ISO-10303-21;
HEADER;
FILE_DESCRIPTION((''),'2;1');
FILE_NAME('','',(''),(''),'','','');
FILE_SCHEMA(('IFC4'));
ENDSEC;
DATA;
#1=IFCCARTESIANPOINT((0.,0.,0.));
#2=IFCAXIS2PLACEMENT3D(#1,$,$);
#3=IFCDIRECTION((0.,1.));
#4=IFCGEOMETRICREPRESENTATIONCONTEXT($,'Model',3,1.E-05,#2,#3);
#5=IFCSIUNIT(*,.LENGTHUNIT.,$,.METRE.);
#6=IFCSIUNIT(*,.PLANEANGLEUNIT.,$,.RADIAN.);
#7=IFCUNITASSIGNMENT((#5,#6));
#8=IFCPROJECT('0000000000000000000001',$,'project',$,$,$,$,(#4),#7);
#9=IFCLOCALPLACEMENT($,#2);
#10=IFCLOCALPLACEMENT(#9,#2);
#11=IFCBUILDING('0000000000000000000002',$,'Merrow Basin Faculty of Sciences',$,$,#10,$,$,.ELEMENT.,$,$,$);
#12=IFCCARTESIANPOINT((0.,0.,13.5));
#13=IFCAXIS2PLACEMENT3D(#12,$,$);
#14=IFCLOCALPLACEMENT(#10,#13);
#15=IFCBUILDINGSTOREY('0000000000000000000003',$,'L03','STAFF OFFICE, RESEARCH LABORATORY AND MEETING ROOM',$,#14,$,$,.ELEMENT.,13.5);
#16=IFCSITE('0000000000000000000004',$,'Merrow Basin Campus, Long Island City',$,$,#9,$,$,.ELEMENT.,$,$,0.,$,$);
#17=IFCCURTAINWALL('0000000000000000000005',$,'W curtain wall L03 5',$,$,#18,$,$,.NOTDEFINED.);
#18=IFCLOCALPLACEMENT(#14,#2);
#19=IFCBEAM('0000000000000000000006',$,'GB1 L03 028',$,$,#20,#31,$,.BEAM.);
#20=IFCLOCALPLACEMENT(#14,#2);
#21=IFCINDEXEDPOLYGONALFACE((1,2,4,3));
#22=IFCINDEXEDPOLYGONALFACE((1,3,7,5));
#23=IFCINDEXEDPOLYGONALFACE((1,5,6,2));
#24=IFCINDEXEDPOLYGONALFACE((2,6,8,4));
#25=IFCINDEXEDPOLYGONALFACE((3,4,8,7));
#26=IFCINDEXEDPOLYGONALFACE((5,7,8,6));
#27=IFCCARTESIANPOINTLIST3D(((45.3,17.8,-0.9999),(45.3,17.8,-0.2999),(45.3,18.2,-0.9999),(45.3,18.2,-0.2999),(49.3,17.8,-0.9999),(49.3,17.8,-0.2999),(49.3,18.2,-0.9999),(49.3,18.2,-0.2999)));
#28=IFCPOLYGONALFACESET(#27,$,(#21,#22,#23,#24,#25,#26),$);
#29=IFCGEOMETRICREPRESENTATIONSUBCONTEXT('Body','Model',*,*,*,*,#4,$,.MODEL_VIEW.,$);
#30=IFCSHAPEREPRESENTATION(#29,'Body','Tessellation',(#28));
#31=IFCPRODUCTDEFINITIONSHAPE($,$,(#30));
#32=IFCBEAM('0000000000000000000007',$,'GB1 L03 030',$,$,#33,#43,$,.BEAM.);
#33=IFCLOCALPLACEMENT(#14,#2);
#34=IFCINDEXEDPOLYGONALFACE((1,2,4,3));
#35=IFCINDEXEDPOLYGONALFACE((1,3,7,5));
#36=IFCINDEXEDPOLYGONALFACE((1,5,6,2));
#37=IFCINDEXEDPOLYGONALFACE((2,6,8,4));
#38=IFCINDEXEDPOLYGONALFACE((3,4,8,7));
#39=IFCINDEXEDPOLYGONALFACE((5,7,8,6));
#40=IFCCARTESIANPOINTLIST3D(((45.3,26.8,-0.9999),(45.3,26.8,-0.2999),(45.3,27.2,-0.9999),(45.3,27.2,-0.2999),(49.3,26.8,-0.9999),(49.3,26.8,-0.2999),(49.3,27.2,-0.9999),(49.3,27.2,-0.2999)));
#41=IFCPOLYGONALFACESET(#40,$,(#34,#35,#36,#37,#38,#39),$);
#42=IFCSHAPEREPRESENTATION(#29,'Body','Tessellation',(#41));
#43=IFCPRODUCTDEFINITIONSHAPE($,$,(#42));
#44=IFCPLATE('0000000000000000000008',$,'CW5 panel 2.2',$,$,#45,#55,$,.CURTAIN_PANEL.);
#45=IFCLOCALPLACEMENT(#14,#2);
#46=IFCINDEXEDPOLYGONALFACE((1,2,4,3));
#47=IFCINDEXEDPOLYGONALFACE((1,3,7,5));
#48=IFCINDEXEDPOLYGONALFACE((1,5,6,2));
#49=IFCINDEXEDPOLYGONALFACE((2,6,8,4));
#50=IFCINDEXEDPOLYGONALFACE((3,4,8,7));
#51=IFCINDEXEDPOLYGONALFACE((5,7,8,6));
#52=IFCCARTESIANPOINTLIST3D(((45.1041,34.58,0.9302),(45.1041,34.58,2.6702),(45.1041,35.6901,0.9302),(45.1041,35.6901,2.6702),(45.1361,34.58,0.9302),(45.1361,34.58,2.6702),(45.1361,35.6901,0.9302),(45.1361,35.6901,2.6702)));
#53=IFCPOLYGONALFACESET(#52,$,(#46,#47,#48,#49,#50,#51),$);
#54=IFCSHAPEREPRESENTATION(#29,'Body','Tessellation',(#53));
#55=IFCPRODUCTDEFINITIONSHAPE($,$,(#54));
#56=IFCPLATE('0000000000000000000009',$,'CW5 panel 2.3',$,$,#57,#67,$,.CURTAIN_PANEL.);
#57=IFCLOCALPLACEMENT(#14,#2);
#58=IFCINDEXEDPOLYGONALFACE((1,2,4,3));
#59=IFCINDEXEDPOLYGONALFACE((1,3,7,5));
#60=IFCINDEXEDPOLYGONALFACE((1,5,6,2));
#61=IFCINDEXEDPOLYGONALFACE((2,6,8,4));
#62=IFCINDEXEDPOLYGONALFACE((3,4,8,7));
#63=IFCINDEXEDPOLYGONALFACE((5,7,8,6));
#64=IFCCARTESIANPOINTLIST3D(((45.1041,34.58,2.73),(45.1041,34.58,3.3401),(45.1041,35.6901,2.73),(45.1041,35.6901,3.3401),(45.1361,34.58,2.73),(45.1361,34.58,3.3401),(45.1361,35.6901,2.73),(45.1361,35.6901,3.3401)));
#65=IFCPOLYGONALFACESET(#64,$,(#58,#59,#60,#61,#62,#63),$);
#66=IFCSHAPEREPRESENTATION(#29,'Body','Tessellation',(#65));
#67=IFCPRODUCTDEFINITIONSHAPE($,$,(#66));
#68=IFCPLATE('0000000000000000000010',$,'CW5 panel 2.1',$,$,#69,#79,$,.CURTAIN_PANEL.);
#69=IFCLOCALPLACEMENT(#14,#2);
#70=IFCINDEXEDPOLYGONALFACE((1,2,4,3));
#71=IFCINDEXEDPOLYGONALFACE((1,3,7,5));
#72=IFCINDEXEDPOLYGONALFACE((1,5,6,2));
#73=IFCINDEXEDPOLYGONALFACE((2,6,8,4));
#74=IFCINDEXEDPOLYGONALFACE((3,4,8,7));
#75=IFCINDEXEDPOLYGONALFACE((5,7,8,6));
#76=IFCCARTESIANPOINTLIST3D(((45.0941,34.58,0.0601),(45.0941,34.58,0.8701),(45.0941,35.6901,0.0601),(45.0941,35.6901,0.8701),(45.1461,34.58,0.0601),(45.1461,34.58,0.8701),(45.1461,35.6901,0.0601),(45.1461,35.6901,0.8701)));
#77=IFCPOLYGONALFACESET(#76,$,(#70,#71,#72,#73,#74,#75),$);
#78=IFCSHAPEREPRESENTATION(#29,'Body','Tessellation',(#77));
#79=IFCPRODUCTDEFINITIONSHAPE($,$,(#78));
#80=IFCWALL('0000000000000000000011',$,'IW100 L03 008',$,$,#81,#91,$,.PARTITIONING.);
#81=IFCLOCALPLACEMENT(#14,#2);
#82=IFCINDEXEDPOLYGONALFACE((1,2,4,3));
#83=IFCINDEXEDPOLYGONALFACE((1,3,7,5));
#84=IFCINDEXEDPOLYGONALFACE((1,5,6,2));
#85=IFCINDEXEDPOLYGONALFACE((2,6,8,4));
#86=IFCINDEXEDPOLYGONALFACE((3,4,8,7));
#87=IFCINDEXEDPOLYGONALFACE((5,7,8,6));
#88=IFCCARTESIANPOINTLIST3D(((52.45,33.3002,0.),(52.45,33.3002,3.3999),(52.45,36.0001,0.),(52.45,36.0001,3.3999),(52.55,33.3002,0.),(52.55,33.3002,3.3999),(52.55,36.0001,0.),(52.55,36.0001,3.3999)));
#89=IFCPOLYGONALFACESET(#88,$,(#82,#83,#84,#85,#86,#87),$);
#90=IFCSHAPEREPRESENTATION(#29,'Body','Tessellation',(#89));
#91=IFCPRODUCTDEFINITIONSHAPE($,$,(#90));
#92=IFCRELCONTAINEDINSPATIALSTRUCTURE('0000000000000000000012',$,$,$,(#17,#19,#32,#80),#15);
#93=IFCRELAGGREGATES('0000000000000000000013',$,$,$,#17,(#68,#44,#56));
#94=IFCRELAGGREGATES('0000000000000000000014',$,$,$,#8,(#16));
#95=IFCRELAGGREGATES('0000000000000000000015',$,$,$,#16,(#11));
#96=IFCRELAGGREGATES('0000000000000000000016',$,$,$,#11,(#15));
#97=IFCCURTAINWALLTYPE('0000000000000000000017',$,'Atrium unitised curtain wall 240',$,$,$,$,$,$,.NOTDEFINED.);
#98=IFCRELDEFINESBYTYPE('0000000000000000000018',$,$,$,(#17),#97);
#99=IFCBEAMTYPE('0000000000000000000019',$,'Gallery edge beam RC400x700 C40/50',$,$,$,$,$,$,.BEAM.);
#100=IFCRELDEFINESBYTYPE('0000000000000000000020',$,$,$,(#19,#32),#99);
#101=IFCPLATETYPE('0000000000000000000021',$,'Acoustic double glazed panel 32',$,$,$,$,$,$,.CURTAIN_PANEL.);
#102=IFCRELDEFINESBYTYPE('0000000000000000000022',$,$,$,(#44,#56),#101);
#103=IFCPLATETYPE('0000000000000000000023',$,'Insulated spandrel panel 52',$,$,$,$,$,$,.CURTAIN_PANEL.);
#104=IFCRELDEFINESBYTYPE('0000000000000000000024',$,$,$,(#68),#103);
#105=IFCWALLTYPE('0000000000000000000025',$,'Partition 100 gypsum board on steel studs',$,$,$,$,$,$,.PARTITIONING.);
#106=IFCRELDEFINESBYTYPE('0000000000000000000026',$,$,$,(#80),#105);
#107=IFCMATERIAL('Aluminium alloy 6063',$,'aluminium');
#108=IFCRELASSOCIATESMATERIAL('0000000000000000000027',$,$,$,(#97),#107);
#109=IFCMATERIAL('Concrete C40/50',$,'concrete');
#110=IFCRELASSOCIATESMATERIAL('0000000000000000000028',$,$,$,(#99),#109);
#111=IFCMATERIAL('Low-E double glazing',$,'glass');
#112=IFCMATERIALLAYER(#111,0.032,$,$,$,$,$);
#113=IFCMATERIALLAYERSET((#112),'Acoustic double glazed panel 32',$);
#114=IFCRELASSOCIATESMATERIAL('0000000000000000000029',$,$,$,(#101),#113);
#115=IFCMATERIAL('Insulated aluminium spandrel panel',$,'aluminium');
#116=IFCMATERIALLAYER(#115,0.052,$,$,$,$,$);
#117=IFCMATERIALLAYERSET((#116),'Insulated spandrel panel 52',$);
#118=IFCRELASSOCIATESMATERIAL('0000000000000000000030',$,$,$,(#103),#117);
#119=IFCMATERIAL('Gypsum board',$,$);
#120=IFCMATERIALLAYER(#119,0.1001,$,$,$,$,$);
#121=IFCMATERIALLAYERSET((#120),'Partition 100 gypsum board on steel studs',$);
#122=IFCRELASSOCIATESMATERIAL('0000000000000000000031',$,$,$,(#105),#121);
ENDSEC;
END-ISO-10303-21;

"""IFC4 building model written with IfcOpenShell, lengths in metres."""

from ifc_helpers import new_model, si_unit, direction, frame, frame_2d, origin, origin_2d, place, context, subcontext, project, spatial, rectangle, extrude, material, layer, layer_set, material_profile, profile_set, type_object, element, aggregate, save


model = new_model("IFC4")

# Units and contexts
model_context = context("Model", 3, precision=1e-05, world=origin(), true_north=direction((0.0, 1.0)))
body_context = subcontext(model_context, "Body", "Model", "MODEL_VIEW")
ifc_project = project(units=[si_unit("LENGTHUNIT", "METRE"), si_unit("PLANEANGLEUNIT", "RADIAN")], contexts=[model_context])

# Site, building, storey
site_placement = place(None, origin())
site = spatial("IfcSite", under=ifc_project, at=site_placement, Name="Merrow Basin Campus, Long Island City", CompositionType="ELEMENT", RefElevation=0.0)
building_placement = place(site_placement, origin())
building = spatial("IfcBuilding", under=site, at=building_placement, Name="Merrow Basin Faculty of Sciences", CompositionType="ELEMENT")
storey_placement = place(building_placement, frame((0.0, 0.0, 13.5)))
storey = spatial("IfcBuildingStorey", under=building, at=storey_placement, Name="L03", Description="STAFF OFFICE, RESEARCH LABORATORY AND MEETING ROOM", CompositionType="ELEMENT", Elevation=13.5)

# Curtain wall
ifc_material_1 = material(Name="Aluminium alloy 6063", Category="aluminium")
curtain_wall_type = type_object("IfcCurtainWallType", Name="Atrium unitised curtain wall 240", PredefinedType="NOTDEFINED", material=ifc_material_1)
curtain_wall_1_placement = place(storey_placement, origin())
curtain_wall_1 = element("IfcCurtainWall", 1, at=curtain_wall_1_placement, inside=storey, type_object=curtain_wall_type, Name="W curtain wall L03 5", PredefinedType="NOTDEFINED")

# Beams
ifc_material_2 = material(Name="Concrete C40/50", Category="concrete")
ifc_material_profile_1 = material_profile(ifc_material_2, rectangle(XDim=0.3999, YDim=0.7, at=origin_2d()))
ifc_profile_set_1 = profile_set([ifc_material_profile_1], Name="Concrete C40/50")
beam_type = type_object("IfcBeamType", Name="Gallery edge beam RC400x700 C40/50", PredefinedType="BEAM", material=ifc_profile_set_1)
for number, where, z_axis, x_axis, name in (
    (2, (45.3, 18.0, -0.6499), (1.0, 0.0, 0.0), (0.0, 1.0, 0.0), "GB1 L03 028"),
    (3, (45.3, 27.0, -0.6499), (1.0, 0.0, 0.0), (0.0, 1.0, 0.0), "GB1 L03 030"),
):
    element("IfcBeam", number, at=place(storey_placement, frame(where, z_axis=z_axis, x_axis=x_axis)), inside=storey, type_object=beam_type, Name=name, PredefinedType="BEAM", context=body_context, shape_type="SweptSolid", body=[
        extrude(rectangle(XDim=0.3999, YDim=0.7, at=origin_2d()), origin(), (0.0, 0.0, 1.0), 4.0),
    ])

# Plates
ifc_material_3 = material(Name="Low-E double glazing", Category="glass")
ifc_layer_1 = layer(ifc_material_3, 0.032)
ifc_layer_set_1 = layer_set([ifc_layer_1], Name="Acoustic double glazed panel 32")
plate_type_1 = type_object("IfcPlateType", Name="Acoustic double glazed panel 32", PredefinedType="CURTAIN_PANEL", material=ifc_layer_set_1)
plate_1_placement = place(storey_placement, frame((45.1201, 35.135, 0.9302), z_axis=(0.0, 0.0, 1.0), x_axis=(0.0, 1.0, 0.0)))
plate_1 = element("IfcPlate", 4, at=plate_1_placement, type_object=plate_type_1, Name="CW5 panel 2.2", PredefinedType="CURTAIN_PANEL", context=body_context, shape_type="SweptSolid", body=[
    extrude(rectangle(XDim=1.1101, YDim=0.032, at=origin_2d()), origin(), (0.0, 0.0, 1.0), 1.74),
])
plate_2_placement = place(storey_placement, frame((45.1201, 35.135, 2.73), z_axis=(0.0, 0.0, 1.0), x_axis=(0.0, 1.0, 0.0)))
plate_2 = element("IfcPlate", 5, at=plate_2_placement, type_object=plate_type_1, Name="CW5 panel 2.3", PredefinedType="CURTAIN_PANEL", context=body_context, shape_type="SweptSolid", body=[
    extrude(rectangle(XDim=1.1101, YDim=0.032, at=origin_2d()), origin(), (0.0, 0.0, 1.0), 0.6101),
])
ifc_material_4 = material(Name="Insulated aluminium spandrel panel", Category="aluminium")
ifc_layer_2 = layer(ifc_material_4, 0.052)
ifc_layer_set_2 = layer_set([ifc_layer_2], Name="Insulated spandrel panel 52")
plate_type_2 = type_object("IfcPlateType", Name="Insulated spandrel panel 52", PredefinedType="CURTAIN_PANEL", material=ifc_layer_set_2)
plate_3_placement = place(storey_placement, frame((45.1201, 35.135, 0.0601), z_axis=(0.0, 0.0, 1.0), x_axis=(0.0, 1.0, 0.0)))
plate_3 = element("IfcPlate", 6, at=plate_3_placement, type_object=plate_type_2, Name="CW5 panel 2.1", PredefinedType="CURTAIN_PANEL", context=body_context, shape_type="SweptSolid", body=[
    extrude(rectangle(XDim=1.1101, YDim=0.052, at=origin_2d()), origin(), (0.0, 0.0, 1.0), 0.8101),
])
aggregate(curtain_wall_1, [plate_3, plate_1, plate_2])

# Wall
ifc_material_5 = material(Name="Gypsum board")
ifc_layer_3 = layer(ifc_material_5, 0.1001)
ifc_layer_set_3 = layer_set([ifc_layer_3], Name="Partition 100 gypsum board on steel studs")
wall_type = type_object("IfcWallType", Name="Partition 100 gypsum board on steel studs", PredefinedType="PARTITIONING", material=ifc_layer_set_3)
wall_placement = place(storey_placement, frame((52.5, 33.3, 0.0), z_axis=(0.0, 0.0, 1.0), x_axis=(0.0, 1.0, 0.0)))
element("IfcWall", 7, at=wall_placement, inside=storey, type_object=wall_type, Name="IW100 L03 008", PredefinedType="PARTITIONING", context=body_context, shape_type="SweptSolid", body=[
    extrude(rectangle(XDim=2.7, YDim=0.1001, at=frame_2d((1.3501, 0.0))), origin(), (0.0, 0.0, 1.0), 3.3999),
])

save(model, "model.ifc")
